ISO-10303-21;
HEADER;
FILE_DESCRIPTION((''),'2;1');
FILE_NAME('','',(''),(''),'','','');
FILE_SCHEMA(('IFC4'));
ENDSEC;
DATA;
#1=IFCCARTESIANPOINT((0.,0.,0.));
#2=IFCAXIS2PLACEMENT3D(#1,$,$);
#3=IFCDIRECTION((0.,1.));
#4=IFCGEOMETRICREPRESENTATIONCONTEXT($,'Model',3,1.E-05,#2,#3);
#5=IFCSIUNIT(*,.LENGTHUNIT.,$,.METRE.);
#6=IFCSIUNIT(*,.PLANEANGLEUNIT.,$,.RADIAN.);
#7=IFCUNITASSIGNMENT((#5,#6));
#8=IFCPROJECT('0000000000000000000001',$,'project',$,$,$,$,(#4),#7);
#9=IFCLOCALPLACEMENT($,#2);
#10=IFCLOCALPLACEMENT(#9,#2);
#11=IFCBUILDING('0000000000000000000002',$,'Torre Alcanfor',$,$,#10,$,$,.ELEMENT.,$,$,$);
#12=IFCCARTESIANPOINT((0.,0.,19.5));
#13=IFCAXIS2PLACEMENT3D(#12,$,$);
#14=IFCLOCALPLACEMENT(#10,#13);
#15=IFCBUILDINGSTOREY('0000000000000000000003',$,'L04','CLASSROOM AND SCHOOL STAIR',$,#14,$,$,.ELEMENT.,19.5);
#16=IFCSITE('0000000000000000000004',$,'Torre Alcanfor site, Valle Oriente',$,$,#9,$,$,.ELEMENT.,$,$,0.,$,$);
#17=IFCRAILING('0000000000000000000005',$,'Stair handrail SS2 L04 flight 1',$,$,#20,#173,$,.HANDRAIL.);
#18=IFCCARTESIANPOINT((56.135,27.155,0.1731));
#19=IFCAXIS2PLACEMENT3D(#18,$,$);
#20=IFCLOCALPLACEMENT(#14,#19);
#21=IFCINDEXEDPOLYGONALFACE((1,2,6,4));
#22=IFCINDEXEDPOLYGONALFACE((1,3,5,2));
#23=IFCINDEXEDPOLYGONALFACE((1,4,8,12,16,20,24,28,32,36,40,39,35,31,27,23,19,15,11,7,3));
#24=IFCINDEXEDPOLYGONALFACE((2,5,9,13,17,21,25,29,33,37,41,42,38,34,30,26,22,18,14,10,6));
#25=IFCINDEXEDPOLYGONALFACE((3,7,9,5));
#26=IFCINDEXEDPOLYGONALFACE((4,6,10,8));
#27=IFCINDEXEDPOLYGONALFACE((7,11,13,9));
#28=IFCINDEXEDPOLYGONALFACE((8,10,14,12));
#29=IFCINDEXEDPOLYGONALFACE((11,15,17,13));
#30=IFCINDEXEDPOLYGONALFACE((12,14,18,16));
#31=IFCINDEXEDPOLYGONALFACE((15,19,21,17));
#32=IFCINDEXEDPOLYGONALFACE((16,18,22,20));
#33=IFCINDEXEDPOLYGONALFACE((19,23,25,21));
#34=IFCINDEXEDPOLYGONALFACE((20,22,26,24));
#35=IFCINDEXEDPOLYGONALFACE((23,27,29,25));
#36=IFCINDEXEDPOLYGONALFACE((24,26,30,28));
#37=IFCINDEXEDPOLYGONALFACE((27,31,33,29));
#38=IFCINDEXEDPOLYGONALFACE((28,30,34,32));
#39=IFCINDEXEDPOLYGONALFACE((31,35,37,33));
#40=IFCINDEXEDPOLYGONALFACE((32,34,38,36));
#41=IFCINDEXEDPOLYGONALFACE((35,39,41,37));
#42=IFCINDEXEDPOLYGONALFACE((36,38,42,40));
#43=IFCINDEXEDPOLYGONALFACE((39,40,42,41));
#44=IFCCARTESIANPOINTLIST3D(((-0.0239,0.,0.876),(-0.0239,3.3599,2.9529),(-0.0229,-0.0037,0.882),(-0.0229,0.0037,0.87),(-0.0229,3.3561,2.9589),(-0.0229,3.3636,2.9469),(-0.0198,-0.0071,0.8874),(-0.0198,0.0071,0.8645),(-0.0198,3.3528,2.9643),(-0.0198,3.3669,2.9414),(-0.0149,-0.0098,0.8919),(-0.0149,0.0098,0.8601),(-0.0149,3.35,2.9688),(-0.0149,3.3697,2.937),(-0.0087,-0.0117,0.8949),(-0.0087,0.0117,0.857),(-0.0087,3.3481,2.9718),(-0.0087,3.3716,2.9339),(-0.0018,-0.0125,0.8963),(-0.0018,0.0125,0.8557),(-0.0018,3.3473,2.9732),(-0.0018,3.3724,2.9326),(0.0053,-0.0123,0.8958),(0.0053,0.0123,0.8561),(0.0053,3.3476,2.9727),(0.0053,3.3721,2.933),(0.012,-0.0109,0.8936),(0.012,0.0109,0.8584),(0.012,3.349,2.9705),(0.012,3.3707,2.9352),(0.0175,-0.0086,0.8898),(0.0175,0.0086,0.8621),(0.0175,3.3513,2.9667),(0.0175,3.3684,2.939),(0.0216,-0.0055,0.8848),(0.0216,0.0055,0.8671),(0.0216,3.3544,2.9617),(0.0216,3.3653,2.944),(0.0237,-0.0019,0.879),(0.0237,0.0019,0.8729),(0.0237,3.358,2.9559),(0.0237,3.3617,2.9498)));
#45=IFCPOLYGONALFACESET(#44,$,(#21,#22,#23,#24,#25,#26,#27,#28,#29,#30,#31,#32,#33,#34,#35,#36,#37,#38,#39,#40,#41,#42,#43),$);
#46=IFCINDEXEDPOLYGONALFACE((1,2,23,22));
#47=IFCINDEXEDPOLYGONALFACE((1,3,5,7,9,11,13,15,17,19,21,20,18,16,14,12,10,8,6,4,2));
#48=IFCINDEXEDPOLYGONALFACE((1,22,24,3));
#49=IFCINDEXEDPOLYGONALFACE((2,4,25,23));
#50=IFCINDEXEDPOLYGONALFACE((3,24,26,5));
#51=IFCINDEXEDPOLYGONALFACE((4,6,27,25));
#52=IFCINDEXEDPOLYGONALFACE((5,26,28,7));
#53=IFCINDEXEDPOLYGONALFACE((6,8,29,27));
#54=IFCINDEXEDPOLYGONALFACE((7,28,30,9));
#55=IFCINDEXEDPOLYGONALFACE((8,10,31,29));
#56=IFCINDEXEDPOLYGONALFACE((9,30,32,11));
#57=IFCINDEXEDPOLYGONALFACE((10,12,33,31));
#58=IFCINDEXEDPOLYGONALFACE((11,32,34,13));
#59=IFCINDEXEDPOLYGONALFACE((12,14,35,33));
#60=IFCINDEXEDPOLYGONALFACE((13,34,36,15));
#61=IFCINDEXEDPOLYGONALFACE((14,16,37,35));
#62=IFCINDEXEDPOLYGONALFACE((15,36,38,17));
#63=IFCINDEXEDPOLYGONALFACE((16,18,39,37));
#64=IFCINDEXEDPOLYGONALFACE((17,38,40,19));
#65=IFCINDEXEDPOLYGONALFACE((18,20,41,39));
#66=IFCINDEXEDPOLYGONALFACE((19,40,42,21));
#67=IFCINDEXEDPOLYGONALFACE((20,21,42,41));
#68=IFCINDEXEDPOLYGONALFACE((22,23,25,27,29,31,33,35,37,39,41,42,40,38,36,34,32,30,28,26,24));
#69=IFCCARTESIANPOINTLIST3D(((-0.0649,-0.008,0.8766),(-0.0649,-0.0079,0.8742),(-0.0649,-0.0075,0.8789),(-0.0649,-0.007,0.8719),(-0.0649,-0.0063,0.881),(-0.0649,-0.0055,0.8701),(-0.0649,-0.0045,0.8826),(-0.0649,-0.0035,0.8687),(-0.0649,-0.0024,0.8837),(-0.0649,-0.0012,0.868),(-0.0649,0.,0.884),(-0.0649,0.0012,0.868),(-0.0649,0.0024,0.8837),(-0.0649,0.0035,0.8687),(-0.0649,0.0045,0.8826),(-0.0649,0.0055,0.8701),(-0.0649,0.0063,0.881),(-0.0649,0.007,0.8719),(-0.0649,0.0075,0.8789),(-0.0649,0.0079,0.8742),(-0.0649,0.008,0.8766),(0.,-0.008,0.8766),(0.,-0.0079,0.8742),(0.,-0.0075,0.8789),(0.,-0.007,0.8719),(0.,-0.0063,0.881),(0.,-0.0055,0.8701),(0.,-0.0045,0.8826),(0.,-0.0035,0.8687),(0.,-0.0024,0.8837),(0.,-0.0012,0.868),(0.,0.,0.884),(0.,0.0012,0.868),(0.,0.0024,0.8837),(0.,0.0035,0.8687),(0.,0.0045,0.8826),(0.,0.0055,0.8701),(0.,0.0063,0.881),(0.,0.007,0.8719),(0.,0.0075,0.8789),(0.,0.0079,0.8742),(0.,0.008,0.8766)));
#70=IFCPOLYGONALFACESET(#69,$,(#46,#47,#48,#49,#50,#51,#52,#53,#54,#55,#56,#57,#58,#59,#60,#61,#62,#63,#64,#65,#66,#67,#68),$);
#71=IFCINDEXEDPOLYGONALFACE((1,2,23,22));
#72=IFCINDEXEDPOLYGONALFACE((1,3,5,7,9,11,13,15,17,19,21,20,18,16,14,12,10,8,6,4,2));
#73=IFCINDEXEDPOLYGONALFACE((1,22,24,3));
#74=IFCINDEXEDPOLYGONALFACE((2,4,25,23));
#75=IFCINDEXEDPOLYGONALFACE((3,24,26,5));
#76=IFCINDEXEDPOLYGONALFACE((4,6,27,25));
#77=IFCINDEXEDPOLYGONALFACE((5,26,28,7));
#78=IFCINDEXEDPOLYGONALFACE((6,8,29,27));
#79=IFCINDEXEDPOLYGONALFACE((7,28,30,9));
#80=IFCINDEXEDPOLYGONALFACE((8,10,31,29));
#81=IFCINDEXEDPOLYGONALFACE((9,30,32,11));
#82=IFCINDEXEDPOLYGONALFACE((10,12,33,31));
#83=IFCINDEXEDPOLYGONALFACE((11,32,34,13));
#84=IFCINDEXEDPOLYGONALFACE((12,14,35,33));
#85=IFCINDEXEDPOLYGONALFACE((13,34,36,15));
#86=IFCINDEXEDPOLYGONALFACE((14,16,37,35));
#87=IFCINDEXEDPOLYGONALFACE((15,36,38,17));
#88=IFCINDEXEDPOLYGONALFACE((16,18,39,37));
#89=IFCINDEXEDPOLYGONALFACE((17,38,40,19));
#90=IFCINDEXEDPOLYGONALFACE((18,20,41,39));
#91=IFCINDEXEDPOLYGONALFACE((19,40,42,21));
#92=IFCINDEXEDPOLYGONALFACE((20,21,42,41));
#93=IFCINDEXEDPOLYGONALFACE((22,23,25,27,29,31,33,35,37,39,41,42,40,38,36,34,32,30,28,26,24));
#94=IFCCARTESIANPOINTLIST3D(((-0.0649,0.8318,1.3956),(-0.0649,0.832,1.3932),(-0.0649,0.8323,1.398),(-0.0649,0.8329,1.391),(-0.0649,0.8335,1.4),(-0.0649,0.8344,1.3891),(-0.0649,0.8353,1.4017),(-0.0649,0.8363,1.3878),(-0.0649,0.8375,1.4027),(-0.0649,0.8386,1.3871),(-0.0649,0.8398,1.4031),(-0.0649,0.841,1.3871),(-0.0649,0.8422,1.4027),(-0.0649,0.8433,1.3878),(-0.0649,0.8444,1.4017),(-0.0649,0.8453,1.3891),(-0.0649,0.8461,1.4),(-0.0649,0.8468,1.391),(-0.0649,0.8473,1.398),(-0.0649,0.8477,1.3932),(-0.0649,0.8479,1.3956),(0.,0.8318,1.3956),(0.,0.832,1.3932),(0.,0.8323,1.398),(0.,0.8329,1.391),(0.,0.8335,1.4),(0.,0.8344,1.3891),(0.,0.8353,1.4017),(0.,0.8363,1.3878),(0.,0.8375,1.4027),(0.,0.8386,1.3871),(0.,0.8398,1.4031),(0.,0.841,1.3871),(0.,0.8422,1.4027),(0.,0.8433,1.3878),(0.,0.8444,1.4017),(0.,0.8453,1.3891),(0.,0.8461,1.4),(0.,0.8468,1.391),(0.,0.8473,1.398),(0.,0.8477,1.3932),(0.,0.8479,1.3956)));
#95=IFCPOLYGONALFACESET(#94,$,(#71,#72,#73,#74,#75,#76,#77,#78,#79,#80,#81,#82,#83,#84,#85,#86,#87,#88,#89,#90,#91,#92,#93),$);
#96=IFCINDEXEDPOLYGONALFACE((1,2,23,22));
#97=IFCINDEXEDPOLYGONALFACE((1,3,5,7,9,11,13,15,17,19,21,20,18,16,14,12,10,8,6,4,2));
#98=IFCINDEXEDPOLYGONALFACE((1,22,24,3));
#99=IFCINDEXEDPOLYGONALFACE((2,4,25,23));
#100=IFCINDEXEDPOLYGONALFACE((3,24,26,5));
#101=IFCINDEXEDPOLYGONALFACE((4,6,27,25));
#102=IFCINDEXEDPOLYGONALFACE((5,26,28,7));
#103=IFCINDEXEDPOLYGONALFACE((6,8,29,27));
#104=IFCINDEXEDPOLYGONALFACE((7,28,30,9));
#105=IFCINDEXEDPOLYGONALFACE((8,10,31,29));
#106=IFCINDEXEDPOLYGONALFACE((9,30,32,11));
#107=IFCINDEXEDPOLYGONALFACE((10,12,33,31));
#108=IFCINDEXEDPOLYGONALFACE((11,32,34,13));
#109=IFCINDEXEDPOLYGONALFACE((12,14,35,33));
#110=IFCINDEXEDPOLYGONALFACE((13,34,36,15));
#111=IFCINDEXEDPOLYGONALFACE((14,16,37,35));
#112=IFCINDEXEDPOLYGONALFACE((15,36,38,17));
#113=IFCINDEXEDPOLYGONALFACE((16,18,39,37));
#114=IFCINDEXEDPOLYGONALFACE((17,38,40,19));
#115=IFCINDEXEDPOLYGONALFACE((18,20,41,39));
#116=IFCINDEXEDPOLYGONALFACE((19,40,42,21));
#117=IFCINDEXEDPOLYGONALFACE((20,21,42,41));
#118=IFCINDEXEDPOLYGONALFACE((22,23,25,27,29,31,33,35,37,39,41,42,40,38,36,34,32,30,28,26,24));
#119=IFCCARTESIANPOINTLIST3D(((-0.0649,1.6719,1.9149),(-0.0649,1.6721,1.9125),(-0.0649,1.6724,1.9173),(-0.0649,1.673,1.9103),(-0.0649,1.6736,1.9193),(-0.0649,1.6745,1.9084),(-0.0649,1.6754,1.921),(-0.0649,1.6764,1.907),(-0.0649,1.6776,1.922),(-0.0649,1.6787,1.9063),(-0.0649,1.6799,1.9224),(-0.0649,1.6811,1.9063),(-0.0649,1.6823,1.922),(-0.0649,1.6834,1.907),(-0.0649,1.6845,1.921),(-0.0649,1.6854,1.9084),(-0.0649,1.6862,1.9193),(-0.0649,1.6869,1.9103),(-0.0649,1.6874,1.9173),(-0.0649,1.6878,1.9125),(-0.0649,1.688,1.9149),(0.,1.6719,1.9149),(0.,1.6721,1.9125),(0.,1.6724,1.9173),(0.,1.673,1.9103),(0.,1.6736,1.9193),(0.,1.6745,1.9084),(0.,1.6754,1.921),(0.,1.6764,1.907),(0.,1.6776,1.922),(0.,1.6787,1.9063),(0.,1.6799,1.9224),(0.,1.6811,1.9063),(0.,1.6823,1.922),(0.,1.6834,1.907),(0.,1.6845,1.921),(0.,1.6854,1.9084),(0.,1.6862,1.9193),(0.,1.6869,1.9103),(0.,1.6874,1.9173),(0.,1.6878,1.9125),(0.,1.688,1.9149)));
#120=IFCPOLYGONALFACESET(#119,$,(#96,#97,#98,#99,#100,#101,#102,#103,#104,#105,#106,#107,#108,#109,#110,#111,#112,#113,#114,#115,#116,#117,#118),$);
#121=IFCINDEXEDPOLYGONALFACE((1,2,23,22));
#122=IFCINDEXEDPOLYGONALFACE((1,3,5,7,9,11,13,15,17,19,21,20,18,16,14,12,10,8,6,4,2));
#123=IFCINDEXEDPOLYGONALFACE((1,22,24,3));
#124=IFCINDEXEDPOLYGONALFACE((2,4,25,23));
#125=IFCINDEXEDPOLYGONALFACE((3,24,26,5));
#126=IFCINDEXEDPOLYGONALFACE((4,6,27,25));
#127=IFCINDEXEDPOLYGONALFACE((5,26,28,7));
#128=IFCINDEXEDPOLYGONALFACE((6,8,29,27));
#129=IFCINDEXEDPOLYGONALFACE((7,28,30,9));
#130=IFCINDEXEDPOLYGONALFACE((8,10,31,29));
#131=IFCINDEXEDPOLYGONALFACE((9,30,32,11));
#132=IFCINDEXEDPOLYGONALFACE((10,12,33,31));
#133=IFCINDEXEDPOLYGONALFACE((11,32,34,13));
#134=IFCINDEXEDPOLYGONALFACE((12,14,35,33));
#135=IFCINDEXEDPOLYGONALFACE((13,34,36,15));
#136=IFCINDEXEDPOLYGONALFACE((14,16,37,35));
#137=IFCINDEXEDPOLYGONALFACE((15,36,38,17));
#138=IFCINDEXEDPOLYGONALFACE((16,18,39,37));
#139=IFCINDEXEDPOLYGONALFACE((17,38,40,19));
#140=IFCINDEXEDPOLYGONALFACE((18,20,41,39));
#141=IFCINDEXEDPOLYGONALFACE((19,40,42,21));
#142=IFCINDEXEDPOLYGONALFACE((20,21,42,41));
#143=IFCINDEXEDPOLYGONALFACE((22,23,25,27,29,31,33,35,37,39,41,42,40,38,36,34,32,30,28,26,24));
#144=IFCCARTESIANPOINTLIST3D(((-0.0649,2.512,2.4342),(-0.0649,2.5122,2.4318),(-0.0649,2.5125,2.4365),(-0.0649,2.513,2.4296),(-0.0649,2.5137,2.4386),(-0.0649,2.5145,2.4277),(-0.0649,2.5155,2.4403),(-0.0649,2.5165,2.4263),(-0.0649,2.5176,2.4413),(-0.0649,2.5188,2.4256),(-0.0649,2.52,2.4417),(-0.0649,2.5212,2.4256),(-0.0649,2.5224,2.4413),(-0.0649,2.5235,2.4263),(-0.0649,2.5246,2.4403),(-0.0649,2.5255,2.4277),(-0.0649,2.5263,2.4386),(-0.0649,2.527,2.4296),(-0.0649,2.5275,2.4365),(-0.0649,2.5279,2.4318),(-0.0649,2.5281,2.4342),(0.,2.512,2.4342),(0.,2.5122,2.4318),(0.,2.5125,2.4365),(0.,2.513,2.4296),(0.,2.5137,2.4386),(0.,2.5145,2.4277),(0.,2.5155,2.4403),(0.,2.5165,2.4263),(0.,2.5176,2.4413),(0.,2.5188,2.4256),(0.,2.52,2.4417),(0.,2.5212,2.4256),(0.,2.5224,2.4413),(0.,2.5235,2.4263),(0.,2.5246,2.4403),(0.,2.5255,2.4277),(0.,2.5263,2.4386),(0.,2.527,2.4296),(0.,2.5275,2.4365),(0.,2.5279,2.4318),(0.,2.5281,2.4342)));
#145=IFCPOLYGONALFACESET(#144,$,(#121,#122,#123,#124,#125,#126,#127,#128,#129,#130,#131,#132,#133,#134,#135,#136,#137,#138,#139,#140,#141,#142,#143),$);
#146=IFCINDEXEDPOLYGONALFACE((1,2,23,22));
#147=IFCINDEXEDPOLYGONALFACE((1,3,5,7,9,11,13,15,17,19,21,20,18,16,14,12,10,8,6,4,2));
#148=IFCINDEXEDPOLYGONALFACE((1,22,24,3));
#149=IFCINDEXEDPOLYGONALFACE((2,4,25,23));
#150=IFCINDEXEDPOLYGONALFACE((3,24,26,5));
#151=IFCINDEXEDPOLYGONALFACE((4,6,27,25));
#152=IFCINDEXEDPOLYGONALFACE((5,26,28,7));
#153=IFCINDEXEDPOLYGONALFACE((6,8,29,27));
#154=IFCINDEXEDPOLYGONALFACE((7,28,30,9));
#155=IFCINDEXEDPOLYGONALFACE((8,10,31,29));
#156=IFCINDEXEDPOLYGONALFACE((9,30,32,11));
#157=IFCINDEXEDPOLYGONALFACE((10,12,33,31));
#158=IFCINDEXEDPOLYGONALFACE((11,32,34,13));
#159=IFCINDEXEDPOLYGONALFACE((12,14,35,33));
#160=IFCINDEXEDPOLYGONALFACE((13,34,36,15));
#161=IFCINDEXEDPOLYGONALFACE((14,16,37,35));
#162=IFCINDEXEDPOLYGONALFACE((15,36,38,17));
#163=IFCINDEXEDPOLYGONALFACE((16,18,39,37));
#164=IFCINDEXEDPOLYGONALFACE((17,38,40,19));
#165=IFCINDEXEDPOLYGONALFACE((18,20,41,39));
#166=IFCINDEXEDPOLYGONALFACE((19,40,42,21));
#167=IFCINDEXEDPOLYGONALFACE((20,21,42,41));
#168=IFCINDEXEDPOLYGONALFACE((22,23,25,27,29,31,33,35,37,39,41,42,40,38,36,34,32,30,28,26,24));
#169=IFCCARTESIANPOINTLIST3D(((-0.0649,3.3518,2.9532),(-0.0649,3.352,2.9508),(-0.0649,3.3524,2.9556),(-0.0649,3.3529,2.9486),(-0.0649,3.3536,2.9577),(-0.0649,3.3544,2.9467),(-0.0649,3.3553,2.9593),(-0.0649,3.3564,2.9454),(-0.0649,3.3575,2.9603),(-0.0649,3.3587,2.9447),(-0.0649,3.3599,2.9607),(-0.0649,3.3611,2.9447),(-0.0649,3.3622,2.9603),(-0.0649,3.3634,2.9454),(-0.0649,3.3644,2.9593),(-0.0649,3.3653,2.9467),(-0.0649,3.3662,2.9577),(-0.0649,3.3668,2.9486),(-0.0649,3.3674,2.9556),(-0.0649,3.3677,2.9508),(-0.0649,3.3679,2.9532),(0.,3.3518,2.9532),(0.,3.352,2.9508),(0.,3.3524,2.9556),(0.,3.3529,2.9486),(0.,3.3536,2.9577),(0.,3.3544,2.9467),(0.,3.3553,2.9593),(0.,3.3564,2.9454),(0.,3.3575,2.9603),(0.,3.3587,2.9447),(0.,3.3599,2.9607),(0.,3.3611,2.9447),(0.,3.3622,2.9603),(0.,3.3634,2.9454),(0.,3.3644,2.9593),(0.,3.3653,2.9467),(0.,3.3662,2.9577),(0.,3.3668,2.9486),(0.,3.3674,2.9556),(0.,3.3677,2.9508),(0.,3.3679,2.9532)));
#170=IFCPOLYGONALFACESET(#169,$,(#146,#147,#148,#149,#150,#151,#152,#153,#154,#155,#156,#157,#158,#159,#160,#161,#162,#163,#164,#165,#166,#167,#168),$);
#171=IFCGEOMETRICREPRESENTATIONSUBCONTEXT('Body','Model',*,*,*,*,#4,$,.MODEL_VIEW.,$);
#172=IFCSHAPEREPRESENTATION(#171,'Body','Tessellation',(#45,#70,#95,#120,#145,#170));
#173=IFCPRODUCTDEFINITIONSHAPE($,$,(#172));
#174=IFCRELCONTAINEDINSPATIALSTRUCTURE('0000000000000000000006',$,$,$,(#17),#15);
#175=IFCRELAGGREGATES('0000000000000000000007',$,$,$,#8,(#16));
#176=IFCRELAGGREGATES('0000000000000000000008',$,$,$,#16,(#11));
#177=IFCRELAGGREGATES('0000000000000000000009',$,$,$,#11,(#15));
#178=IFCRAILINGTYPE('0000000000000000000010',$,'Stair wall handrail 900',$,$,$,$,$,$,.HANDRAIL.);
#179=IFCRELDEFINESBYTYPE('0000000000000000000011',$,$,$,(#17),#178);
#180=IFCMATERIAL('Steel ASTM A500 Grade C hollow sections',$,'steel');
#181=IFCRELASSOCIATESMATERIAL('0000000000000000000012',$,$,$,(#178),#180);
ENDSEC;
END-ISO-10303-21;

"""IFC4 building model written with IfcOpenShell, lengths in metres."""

from ifc_helpers import new_model, si_unit, direction, frame, origin, origin_2d, place, context, subcontext, project, spatial, circle, extrude, material, type_object, element, save


model = new_model("IFC4")

# Units and contexts
model_context = context("Model", 3, precision=1e-05, world=origin(), true_north=direction((0.0, 1.0)))
body_context = subcontext(model_context, "Body", "Model", "MODEL_VIEW")
ifc_project = project(units=[si_unit("LENGTHUNIT", "METRE"), si_unit("PLANEANGLEUNIT", "RADIAN")], contexts=[model_context])

# Site, building, storey
site_placement = place(None, origin())
site = spatial("IfcSite", under=ifc_project, at=site_placement, Name="Torre Alcanfor site, Valle Oriente", CompositionType="ELEMENT", RefElevation=0.0)
building_placement = place(site_placement, origin())
building = spatial("IfcBuilding", under=site, at=building_placement, Name="Torre Alcanfor", CompositionType="ELEMENT")
storey_placement = place(building_placement, frame((0.0, 0.0, 19.5)))
storey = spatial("IfcBuildingStorey", under=building, at=storey_placement, Name="L04", Description="CLASSROOM AND SCHOOL STAIR", CompositionType="ELEMENT", Elevation=19.5)

# Railing
ifc_material_1 = material(Name="Steel ASTM A500 Grade C hollow sections", Category="steel")
railing_type_1 = type_object("IfcRailingType", Name="Stair wall handrail 900", PredefinedType="HANDRAIL", material=ifc_material_1)
railing_1_placement = place(storey_placement, frame((56.135, 27.155, 0.1731)))
element("IfcRailing", 1, at=railing_1_placement, inside=storey, type_object=railing_type_1, Name="Stair handrail SS2 L04 flight 1", PredefinedType="HANDRAIL", context=body_context, shape_type="SweptSolid", body=[
    extrude(circle(Radius=0.0239, at=origin_2d()), frame((0.0, 0.0, 0.876), z_axis=(0.0, 0.850606, 0.525803), x_axis=(-1.0, 0.0, 0.0)), (0.0, 0.0, 1.0), 3.95),
    extrude(circle(Radius=0.0081, at=origin_2d()), frame((0.0, 0.0, 0.876), z_axis=(-1.0, 0.0, 0.0), x_axis=(0.0, 0.0, 1.0)), (0.0, 0.0, 1.0), 0.0649),
    extrude(circle(Radius=0.0081, at=origin_2d()), frame((0.0, 0.8398, 1.395), z_axis=(-1.0, 0.0, 0.0), x_axis=(0.0, 0.0, 1.0)), (0.0, 0.0, 1.0), 0.0649),
    extrude(circle(Radius=0.0081, at=origin_2d()), frame((0.0, 1.6799, 1.9143), z_axis=(-1.0, 0.0, 0.0), x_axis=(0.0, 0.0, 1.0)), (0.0, 0.0, 1.0), 0.0649),
    extrude(circle(Radius=0.0081, at=origin_2d()), frame((0.0, 2.52, 2.4336), z_axis=(-1.0, 0.0, 0.0), x_axis=(0.0, 0.0, 1.0)), (0.0, 0.0, 1.0), 0.0649),
    extrude(circle(Radius=0.0081, at=origin_2d()), frame((0.0, 3.3599, 2.9526), z_axis=(-1.0, 0.0, 0.0), x_axis=(0.0, 0.0, 1.0)), (0.0, 0.0, 1.0), 0.0649),
])

save(model, "model.ifc")
